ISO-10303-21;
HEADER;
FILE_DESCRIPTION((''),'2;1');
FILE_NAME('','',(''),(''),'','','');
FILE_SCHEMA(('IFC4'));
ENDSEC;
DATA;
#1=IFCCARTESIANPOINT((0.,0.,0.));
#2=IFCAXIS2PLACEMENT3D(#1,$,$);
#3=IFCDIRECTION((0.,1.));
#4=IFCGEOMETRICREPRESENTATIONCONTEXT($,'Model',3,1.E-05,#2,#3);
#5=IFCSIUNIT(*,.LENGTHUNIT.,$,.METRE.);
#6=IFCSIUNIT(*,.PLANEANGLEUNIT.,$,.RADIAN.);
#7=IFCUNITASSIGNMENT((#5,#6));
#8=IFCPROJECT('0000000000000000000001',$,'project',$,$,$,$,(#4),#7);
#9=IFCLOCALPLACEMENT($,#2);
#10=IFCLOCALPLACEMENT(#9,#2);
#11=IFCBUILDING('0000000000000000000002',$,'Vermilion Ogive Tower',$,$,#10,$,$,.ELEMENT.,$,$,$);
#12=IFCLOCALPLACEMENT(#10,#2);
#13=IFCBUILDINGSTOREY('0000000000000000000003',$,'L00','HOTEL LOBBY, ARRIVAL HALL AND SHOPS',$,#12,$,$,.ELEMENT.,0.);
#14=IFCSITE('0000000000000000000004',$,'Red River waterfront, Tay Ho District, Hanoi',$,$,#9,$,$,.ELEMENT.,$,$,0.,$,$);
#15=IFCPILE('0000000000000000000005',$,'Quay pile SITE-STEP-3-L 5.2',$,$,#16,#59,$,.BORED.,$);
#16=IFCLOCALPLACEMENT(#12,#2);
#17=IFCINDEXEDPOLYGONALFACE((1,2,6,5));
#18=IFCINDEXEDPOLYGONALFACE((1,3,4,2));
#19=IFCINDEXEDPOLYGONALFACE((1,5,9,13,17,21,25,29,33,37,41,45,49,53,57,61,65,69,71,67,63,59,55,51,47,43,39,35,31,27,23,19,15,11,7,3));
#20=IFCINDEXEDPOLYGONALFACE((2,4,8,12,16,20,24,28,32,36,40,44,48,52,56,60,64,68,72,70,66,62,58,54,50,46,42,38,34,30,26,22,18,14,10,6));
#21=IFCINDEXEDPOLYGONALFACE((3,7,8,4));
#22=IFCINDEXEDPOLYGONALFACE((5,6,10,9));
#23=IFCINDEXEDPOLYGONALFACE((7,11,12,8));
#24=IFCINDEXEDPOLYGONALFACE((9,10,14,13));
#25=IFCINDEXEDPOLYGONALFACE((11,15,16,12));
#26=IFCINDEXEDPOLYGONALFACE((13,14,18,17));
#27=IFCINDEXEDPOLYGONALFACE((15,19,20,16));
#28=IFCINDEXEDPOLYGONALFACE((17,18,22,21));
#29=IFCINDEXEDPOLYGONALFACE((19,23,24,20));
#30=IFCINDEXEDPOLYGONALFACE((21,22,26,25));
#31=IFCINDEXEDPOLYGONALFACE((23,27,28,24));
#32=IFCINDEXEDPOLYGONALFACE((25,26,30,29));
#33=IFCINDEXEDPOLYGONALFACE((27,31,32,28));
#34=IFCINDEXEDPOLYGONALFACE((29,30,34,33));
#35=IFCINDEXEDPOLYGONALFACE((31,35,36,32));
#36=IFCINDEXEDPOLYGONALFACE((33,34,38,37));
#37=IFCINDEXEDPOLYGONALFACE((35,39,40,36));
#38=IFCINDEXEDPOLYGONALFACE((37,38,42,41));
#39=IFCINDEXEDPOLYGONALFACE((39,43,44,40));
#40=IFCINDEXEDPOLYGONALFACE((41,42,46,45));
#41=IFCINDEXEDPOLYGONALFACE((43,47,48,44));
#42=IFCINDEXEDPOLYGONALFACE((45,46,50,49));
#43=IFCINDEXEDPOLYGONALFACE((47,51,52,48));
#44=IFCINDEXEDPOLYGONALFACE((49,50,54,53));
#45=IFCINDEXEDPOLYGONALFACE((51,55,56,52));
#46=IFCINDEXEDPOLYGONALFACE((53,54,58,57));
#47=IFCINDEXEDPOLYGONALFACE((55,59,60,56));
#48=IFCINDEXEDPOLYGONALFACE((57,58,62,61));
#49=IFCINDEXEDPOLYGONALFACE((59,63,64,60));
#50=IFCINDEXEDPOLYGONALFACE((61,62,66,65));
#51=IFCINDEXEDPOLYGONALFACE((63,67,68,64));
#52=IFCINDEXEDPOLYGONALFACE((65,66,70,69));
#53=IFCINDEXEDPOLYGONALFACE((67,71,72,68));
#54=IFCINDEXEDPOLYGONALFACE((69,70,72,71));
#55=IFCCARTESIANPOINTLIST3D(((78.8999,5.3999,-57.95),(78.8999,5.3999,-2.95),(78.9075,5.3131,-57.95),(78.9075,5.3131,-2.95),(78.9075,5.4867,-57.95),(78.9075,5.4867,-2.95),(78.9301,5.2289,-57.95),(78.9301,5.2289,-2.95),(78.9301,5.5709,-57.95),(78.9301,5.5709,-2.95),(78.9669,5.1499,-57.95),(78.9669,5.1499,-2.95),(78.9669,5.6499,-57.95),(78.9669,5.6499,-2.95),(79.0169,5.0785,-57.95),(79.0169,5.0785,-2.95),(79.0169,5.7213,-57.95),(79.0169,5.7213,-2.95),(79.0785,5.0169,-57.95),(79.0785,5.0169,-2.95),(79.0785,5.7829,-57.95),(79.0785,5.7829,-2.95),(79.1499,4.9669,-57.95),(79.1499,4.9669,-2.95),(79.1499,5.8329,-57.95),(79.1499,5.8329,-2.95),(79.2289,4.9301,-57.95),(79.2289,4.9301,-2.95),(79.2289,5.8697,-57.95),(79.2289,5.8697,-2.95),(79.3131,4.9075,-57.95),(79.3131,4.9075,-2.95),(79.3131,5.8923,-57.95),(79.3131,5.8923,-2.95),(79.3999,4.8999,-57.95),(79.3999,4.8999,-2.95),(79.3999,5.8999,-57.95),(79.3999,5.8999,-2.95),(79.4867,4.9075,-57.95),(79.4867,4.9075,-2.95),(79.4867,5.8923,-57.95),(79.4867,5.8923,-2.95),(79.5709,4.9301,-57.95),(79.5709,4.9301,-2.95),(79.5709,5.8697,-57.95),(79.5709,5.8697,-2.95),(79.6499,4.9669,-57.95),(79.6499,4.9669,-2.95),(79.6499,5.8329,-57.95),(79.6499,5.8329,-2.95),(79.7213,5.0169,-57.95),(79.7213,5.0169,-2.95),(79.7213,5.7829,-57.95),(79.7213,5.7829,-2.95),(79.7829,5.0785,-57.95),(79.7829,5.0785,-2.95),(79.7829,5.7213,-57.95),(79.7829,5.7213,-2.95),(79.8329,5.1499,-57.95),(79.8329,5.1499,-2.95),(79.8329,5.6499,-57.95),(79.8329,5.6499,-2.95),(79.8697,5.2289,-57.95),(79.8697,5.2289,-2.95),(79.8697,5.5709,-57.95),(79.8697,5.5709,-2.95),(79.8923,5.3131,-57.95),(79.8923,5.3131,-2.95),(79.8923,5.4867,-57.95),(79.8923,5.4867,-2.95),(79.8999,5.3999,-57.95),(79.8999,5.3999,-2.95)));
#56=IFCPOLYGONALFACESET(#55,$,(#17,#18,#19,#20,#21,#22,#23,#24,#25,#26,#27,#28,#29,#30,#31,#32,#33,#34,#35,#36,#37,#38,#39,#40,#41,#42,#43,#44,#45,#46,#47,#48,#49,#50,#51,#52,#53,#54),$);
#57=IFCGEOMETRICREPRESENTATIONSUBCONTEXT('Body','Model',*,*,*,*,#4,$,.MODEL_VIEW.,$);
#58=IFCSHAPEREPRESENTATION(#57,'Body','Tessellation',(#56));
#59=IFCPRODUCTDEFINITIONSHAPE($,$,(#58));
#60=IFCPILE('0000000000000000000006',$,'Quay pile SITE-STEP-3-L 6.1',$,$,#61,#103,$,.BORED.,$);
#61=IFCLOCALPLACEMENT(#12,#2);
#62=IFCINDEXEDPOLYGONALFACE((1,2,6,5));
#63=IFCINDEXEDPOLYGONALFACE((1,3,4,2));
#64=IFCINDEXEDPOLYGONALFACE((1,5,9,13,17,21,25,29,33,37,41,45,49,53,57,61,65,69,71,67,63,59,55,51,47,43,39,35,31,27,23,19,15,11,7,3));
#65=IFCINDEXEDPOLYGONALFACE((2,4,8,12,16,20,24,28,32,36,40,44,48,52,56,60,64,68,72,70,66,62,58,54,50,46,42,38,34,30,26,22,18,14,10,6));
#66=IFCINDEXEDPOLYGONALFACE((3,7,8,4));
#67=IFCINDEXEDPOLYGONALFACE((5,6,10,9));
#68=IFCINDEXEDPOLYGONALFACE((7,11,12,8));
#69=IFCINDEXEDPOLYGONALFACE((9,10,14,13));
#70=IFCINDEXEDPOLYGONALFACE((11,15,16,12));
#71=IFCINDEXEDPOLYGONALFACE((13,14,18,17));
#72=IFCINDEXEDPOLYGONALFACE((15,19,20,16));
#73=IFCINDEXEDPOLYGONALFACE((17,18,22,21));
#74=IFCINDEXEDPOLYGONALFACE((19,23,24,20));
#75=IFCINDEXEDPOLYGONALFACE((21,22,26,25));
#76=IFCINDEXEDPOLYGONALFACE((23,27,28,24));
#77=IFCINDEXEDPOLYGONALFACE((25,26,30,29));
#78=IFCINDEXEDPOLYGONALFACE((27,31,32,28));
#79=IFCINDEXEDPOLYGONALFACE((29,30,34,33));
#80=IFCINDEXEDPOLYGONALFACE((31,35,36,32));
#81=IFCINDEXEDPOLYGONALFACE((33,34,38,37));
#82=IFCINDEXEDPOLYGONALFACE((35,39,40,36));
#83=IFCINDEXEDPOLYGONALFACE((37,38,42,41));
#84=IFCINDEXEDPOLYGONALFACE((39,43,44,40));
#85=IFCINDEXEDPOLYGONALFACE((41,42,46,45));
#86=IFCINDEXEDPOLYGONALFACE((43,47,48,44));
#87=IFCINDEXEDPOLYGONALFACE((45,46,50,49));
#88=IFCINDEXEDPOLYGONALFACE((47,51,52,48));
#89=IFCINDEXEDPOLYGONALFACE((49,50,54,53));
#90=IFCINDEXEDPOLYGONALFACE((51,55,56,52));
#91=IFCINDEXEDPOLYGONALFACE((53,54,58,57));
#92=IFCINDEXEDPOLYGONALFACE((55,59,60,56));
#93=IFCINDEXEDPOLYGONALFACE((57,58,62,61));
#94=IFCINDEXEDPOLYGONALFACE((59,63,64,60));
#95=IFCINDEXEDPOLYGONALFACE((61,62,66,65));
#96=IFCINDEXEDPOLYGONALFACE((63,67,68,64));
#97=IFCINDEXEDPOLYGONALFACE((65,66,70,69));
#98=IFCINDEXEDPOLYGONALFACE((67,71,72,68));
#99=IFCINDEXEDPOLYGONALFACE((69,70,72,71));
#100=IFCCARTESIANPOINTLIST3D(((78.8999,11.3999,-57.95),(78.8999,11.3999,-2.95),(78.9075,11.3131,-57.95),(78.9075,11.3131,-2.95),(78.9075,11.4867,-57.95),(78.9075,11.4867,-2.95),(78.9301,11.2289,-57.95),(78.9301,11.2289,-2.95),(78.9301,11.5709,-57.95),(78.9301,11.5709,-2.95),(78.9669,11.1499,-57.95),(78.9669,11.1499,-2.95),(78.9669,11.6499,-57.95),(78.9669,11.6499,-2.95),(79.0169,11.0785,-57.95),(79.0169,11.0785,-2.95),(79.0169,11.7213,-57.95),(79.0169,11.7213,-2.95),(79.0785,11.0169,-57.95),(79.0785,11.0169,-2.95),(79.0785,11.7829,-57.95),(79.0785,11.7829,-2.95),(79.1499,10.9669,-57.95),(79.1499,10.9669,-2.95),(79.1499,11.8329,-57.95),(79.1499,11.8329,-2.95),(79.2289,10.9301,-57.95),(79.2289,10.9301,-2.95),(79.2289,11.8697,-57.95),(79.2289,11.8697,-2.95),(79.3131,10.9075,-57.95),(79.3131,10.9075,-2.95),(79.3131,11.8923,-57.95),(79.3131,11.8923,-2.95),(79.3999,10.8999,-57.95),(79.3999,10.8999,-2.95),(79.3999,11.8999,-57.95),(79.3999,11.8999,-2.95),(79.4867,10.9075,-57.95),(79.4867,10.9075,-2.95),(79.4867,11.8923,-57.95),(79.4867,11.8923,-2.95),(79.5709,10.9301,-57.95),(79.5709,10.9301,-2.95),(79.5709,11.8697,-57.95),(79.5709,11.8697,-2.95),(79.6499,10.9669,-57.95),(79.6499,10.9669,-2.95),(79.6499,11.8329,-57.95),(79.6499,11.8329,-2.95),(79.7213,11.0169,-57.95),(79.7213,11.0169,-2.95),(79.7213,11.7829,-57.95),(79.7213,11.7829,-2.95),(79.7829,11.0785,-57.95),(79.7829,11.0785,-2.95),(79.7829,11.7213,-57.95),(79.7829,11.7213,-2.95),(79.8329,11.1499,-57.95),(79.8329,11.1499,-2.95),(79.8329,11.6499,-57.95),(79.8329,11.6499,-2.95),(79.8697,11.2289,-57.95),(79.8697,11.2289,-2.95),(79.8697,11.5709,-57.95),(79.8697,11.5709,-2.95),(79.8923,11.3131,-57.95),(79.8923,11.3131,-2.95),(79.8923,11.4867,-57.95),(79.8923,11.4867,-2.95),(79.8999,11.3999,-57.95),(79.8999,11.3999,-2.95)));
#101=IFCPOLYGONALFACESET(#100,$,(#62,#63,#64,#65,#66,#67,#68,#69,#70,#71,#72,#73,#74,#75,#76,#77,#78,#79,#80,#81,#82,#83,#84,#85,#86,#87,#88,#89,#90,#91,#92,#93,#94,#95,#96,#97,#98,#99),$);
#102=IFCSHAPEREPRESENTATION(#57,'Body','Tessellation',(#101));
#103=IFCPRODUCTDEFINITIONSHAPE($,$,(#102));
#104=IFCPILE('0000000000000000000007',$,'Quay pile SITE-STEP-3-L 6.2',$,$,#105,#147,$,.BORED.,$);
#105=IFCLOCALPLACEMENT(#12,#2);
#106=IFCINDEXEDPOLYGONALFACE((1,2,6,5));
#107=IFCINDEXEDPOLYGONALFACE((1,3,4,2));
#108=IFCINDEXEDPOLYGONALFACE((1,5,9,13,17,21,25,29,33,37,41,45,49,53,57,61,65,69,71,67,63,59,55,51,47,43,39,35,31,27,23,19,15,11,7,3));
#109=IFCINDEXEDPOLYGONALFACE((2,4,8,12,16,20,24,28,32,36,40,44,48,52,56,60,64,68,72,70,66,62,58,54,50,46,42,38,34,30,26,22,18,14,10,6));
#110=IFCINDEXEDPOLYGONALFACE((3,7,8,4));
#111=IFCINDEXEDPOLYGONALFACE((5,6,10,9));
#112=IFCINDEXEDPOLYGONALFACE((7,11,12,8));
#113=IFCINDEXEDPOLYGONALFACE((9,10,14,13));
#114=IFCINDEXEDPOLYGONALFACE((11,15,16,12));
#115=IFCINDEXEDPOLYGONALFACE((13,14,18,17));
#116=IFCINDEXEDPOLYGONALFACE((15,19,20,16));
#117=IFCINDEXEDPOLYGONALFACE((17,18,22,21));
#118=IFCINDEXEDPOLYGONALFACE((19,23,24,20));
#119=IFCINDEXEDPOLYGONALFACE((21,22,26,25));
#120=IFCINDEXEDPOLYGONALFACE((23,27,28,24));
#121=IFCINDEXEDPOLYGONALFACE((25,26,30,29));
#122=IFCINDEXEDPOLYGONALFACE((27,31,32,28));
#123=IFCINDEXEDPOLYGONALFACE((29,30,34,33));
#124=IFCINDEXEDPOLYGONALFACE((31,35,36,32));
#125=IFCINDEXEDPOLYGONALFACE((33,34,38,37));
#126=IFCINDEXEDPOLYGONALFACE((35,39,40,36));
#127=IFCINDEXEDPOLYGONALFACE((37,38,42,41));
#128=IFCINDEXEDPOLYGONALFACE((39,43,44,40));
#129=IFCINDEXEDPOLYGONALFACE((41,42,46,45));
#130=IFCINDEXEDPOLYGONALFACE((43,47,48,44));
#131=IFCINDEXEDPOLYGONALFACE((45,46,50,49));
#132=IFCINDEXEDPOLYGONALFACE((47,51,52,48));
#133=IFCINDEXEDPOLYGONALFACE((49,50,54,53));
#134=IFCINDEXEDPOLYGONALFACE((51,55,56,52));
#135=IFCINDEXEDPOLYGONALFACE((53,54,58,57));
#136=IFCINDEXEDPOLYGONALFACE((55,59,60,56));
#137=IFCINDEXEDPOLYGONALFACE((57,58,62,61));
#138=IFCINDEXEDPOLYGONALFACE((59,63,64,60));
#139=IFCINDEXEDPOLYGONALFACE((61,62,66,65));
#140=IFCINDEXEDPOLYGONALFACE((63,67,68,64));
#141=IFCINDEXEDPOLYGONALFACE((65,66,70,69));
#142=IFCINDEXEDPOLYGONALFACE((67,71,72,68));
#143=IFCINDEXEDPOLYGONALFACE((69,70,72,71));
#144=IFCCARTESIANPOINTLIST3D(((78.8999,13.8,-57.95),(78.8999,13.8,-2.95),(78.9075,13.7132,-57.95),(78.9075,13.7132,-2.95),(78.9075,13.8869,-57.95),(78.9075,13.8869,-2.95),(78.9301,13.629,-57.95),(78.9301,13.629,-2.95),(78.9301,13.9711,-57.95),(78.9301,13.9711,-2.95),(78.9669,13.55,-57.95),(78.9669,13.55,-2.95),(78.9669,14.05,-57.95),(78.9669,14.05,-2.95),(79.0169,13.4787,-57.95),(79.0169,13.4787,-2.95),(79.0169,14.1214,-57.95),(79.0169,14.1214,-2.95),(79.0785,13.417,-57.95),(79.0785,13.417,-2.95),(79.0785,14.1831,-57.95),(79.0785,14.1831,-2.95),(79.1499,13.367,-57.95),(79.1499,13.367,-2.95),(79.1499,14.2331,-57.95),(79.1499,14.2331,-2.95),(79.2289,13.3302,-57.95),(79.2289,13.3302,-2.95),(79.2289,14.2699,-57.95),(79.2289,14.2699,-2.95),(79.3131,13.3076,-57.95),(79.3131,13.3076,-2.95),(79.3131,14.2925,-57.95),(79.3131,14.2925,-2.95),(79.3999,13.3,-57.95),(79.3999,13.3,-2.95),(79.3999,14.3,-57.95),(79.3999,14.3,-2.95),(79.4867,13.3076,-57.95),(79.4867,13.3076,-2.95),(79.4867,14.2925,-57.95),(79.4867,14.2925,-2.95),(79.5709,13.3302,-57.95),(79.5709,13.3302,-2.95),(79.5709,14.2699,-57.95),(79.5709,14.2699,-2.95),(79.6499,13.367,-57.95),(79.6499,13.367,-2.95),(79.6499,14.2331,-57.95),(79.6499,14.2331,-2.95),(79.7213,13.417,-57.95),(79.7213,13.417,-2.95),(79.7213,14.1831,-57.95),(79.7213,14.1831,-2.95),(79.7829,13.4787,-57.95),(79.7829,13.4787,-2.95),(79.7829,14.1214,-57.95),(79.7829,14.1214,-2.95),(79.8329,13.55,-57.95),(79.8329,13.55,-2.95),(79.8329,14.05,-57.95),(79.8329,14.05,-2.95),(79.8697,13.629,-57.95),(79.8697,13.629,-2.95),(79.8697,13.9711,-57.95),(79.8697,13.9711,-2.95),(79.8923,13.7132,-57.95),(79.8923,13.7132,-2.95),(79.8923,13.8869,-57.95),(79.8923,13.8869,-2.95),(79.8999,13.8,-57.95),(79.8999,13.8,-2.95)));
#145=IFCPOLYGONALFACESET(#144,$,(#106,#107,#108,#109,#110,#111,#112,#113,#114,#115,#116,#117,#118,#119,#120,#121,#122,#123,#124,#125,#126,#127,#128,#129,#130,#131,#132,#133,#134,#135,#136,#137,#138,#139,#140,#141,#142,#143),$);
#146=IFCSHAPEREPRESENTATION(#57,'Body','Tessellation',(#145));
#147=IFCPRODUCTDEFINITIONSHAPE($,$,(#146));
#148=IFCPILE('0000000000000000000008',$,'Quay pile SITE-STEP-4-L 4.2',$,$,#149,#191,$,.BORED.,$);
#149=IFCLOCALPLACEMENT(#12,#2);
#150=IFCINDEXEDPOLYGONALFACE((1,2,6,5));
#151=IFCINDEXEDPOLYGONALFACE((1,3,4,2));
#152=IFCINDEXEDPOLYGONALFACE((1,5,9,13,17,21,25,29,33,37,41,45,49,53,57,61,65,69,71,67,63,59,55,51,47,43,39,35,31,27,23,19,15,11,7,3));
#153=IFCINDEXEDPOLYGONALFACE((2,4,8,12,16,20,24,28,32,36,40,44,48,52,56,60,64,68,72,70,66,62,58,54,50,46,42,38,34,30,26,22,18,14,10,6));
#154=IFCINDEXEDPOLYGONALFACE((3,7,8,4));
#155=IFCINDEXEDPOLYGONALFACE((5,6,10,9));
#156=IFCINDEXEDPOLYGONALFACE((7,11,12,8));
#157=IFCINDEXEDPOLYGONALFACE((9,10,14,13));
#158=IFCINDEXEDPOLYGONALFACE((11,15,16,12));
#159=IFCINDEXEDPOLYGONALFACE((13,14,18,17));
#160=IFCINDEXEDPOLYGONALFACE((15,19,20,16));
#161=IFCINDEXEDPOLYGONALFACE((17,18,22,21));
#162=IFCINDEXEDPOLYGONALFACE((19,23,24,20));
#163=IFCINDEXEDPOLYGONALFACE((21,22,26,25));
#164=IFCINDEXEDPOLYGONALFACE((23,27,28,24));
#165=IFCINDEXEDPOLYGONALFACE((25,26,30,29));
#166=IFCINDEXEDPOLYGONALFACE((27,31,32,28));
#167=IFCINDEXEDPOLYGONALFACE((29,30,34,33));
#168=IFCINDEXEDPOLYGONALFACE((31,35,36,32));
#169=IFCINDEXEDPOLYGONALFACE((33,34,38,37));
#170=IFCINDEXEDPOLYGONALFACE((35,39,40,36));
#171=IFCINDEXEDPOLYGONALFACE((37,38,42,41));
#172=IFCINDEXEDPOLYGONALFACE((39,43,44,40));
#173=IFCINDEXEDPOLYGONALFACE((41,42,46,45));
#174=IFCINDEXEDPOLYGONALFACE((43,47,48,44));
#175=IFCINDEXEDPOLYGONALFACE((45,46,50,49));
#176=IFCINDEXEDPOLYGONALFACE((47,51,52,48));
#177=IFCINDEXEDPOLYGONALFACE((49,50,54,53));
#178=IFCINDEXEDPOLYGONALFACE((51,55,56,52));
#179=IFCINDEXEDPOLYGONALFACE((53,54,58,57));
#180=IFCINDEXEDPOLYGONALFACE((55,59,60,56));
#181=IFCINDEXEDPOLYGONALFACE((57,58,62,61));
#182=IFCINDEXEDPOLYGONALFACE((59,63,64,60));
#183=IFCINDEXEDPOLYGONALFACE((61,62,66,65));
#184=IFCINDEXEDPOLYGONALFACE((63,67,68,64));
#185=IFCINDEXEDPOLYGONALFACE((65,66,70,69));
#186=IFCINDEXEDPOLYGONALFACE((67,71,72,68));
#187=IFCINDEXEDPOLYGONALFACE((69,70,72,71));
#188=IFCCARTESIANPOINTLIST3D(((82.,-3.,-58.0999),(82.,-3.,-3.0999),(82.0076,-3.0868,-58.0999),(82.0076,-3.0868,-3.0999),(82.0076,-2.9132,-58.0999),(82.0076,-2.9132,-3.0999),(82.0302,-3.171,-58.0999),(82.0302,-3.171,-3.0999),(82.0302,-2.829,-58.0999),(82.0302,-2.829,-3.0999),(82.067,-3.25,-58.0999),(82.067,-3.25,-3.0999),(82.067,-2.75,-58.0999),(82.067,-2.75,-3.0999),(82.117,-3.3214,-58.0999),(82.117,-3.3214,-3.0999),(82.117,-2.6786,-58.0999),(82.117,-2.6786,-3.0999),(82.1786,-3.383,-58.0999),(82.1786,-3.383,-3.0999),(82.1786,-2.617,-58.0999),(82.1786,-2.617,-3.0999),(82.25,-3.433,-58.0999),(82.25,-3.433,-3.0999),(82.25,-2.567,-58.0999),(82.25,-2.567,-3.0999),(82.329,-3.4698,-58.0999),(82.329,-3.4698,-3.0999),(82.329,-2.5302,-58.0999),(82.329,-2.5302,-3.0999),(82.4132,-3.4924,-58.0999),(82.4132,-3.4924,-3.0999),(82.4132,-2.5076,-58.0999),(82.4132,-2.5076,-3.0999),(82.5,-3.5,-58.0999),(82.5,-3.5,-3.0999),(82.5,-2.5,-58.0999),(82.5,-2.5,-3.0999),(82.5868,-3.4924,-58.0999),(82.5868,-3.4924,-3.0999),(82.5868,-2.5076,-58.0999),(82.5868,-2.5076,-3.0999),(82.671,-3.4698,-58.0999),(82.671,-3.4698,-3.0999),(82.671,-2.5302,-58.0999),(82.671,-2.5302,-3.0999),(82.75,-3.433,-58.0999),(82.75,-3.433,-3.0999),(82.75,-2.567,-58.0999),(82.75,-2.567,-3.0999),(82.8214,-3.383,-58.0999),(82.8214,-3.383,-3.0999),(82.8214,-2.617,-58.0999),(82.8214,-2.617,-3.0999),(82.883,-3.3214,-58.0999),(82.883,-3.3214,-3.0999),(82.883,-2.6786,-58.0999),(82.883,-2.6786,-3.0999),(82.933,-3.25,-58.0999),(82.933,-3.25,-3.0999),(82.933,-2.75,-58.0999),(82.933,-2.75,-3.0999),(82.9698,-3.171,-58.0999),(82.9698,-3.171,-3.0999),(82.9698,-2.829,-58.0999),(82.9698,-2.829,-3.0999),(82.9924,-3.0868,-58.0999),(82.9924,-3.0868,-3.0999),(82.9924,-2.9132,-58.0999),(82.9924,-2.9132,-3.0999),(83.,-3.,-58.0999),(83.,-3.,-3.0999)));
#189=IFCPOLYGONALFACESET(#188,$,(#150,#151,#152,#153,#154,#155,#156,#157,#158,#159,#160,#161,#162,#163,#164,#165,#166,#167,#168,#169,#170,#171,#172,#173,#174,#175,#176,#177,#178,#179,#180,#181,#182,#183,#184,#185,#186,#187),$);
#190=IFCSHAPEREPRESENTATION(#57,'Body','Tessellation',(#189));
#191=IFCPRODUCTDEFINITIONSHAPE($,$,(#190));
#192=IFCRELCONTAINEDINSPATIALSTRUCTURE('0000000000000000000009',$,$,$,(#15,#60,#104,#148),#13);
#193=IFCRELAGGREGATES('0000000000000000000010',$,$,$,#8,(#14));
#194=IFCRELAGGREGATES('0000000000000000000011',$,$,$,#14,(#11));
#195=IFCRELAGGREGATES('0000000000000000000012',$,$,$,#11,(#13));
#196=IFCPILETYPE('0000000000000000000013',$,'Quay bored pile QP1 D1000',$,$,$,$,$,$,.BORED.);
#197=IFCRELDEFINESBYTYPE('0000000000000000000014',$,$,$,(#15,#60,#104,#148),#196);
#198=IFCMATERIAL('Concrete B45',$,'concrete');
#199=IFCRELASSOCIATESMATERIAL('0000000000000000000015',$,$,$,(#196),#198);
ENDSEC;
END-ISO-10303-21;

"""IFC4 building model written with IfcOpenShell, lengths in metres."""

from ifc_helpers import new_model, si_unit, direction, frame, origin, origin_2d, place, context, subcontext, project, spatial, circle, extrude, material, type_object, element, save


model = new_model("IFC4")

# Units and contexts
model_context = context("Model", 3, precision=1e-05, world=origin(), true_north=direction((0.0, 1.0)))
body_context = subcontext(model_context, "Body", "Model", "MODEL_VIEW")
ifc_project = project(units=[si_unit("LENGTHUNIT", "METRE"), si_unit("PLANEANGLEUNIT", "RADIAN")], contexts=[model_context])

# Site, building, storey
site_placement = place(None, origin())
site = spatial("IfcSite", under=ifc_project, at=site_placement, Name="Red River waterfront, Tay Ho District, Hanoi", CompositionType="ELEMENT", RefElevation=0.0)
building_placement = place(site_placement, origin())
building = spatial("IfcBuilding", under=site, at=building_placement, Name="Vermilion Ogive Tower", CompositionType="ELEMENT")
storey_placement = place(building_placement, origin())
storey = spatial("IfcBuildingStorey", under=building, at=storey_placement, Name="L00", Description="HOTEL LOBBY, ARRIVAL HALL AND SHOPS", CompositionType="ELEMENT", Elevation=0.0)

# Piles
ifc_material_1 = material(Name="Concrete B45", Category="concrete")
pile_type = type_object("IfcPileType", Name="Quay bored pile QP1 D1000", PredefinedType="BORED", material=ifc_material_1)
for number, where, z_axis, x_axis, name in (
    (1, (79.3999, 5.3999, -2.95), (0.0, 0.0, -1.0), (1.0, 0.0, 0.0), "Quay pile SITE-STEP-3-L 5.2"),
    (2, (79.3999, 11.3999, -2.95), (0.0, 0.0, -1.0), (1.0, 0.0, 0.0), "Quay pile SITE-STEP-3-L 6.1"),
    (3, (79.3999, 13.8, -2.95), (0.0, 0.0, -1.0), (1.0, 0.0, 0.0), "Quay pile SITE-STEP-3-L 6.2"),
    (4, (82.5, -3.0, -3.0999), (0.0, 0.0, -1.0), (1.0, 0.0, 0.0), "Quay pile SITE-STEP-4-L 4.2"),
):
    element("IfcPile", number, at=place(storey_placement, frame(where, z_axis=z_axis, x_axis=x_axis)), inside=storey, type_object=pile_type, Name=name, PredefinedType="BORED", context=body_context, shape_type="SweptSolid", body=[
        extrude(circle(Radius=0.5, at=origin_2d()), origin(), (0.0, 0.0, 1.0), 55.0),
    ])

save(model, "model.ifc")
